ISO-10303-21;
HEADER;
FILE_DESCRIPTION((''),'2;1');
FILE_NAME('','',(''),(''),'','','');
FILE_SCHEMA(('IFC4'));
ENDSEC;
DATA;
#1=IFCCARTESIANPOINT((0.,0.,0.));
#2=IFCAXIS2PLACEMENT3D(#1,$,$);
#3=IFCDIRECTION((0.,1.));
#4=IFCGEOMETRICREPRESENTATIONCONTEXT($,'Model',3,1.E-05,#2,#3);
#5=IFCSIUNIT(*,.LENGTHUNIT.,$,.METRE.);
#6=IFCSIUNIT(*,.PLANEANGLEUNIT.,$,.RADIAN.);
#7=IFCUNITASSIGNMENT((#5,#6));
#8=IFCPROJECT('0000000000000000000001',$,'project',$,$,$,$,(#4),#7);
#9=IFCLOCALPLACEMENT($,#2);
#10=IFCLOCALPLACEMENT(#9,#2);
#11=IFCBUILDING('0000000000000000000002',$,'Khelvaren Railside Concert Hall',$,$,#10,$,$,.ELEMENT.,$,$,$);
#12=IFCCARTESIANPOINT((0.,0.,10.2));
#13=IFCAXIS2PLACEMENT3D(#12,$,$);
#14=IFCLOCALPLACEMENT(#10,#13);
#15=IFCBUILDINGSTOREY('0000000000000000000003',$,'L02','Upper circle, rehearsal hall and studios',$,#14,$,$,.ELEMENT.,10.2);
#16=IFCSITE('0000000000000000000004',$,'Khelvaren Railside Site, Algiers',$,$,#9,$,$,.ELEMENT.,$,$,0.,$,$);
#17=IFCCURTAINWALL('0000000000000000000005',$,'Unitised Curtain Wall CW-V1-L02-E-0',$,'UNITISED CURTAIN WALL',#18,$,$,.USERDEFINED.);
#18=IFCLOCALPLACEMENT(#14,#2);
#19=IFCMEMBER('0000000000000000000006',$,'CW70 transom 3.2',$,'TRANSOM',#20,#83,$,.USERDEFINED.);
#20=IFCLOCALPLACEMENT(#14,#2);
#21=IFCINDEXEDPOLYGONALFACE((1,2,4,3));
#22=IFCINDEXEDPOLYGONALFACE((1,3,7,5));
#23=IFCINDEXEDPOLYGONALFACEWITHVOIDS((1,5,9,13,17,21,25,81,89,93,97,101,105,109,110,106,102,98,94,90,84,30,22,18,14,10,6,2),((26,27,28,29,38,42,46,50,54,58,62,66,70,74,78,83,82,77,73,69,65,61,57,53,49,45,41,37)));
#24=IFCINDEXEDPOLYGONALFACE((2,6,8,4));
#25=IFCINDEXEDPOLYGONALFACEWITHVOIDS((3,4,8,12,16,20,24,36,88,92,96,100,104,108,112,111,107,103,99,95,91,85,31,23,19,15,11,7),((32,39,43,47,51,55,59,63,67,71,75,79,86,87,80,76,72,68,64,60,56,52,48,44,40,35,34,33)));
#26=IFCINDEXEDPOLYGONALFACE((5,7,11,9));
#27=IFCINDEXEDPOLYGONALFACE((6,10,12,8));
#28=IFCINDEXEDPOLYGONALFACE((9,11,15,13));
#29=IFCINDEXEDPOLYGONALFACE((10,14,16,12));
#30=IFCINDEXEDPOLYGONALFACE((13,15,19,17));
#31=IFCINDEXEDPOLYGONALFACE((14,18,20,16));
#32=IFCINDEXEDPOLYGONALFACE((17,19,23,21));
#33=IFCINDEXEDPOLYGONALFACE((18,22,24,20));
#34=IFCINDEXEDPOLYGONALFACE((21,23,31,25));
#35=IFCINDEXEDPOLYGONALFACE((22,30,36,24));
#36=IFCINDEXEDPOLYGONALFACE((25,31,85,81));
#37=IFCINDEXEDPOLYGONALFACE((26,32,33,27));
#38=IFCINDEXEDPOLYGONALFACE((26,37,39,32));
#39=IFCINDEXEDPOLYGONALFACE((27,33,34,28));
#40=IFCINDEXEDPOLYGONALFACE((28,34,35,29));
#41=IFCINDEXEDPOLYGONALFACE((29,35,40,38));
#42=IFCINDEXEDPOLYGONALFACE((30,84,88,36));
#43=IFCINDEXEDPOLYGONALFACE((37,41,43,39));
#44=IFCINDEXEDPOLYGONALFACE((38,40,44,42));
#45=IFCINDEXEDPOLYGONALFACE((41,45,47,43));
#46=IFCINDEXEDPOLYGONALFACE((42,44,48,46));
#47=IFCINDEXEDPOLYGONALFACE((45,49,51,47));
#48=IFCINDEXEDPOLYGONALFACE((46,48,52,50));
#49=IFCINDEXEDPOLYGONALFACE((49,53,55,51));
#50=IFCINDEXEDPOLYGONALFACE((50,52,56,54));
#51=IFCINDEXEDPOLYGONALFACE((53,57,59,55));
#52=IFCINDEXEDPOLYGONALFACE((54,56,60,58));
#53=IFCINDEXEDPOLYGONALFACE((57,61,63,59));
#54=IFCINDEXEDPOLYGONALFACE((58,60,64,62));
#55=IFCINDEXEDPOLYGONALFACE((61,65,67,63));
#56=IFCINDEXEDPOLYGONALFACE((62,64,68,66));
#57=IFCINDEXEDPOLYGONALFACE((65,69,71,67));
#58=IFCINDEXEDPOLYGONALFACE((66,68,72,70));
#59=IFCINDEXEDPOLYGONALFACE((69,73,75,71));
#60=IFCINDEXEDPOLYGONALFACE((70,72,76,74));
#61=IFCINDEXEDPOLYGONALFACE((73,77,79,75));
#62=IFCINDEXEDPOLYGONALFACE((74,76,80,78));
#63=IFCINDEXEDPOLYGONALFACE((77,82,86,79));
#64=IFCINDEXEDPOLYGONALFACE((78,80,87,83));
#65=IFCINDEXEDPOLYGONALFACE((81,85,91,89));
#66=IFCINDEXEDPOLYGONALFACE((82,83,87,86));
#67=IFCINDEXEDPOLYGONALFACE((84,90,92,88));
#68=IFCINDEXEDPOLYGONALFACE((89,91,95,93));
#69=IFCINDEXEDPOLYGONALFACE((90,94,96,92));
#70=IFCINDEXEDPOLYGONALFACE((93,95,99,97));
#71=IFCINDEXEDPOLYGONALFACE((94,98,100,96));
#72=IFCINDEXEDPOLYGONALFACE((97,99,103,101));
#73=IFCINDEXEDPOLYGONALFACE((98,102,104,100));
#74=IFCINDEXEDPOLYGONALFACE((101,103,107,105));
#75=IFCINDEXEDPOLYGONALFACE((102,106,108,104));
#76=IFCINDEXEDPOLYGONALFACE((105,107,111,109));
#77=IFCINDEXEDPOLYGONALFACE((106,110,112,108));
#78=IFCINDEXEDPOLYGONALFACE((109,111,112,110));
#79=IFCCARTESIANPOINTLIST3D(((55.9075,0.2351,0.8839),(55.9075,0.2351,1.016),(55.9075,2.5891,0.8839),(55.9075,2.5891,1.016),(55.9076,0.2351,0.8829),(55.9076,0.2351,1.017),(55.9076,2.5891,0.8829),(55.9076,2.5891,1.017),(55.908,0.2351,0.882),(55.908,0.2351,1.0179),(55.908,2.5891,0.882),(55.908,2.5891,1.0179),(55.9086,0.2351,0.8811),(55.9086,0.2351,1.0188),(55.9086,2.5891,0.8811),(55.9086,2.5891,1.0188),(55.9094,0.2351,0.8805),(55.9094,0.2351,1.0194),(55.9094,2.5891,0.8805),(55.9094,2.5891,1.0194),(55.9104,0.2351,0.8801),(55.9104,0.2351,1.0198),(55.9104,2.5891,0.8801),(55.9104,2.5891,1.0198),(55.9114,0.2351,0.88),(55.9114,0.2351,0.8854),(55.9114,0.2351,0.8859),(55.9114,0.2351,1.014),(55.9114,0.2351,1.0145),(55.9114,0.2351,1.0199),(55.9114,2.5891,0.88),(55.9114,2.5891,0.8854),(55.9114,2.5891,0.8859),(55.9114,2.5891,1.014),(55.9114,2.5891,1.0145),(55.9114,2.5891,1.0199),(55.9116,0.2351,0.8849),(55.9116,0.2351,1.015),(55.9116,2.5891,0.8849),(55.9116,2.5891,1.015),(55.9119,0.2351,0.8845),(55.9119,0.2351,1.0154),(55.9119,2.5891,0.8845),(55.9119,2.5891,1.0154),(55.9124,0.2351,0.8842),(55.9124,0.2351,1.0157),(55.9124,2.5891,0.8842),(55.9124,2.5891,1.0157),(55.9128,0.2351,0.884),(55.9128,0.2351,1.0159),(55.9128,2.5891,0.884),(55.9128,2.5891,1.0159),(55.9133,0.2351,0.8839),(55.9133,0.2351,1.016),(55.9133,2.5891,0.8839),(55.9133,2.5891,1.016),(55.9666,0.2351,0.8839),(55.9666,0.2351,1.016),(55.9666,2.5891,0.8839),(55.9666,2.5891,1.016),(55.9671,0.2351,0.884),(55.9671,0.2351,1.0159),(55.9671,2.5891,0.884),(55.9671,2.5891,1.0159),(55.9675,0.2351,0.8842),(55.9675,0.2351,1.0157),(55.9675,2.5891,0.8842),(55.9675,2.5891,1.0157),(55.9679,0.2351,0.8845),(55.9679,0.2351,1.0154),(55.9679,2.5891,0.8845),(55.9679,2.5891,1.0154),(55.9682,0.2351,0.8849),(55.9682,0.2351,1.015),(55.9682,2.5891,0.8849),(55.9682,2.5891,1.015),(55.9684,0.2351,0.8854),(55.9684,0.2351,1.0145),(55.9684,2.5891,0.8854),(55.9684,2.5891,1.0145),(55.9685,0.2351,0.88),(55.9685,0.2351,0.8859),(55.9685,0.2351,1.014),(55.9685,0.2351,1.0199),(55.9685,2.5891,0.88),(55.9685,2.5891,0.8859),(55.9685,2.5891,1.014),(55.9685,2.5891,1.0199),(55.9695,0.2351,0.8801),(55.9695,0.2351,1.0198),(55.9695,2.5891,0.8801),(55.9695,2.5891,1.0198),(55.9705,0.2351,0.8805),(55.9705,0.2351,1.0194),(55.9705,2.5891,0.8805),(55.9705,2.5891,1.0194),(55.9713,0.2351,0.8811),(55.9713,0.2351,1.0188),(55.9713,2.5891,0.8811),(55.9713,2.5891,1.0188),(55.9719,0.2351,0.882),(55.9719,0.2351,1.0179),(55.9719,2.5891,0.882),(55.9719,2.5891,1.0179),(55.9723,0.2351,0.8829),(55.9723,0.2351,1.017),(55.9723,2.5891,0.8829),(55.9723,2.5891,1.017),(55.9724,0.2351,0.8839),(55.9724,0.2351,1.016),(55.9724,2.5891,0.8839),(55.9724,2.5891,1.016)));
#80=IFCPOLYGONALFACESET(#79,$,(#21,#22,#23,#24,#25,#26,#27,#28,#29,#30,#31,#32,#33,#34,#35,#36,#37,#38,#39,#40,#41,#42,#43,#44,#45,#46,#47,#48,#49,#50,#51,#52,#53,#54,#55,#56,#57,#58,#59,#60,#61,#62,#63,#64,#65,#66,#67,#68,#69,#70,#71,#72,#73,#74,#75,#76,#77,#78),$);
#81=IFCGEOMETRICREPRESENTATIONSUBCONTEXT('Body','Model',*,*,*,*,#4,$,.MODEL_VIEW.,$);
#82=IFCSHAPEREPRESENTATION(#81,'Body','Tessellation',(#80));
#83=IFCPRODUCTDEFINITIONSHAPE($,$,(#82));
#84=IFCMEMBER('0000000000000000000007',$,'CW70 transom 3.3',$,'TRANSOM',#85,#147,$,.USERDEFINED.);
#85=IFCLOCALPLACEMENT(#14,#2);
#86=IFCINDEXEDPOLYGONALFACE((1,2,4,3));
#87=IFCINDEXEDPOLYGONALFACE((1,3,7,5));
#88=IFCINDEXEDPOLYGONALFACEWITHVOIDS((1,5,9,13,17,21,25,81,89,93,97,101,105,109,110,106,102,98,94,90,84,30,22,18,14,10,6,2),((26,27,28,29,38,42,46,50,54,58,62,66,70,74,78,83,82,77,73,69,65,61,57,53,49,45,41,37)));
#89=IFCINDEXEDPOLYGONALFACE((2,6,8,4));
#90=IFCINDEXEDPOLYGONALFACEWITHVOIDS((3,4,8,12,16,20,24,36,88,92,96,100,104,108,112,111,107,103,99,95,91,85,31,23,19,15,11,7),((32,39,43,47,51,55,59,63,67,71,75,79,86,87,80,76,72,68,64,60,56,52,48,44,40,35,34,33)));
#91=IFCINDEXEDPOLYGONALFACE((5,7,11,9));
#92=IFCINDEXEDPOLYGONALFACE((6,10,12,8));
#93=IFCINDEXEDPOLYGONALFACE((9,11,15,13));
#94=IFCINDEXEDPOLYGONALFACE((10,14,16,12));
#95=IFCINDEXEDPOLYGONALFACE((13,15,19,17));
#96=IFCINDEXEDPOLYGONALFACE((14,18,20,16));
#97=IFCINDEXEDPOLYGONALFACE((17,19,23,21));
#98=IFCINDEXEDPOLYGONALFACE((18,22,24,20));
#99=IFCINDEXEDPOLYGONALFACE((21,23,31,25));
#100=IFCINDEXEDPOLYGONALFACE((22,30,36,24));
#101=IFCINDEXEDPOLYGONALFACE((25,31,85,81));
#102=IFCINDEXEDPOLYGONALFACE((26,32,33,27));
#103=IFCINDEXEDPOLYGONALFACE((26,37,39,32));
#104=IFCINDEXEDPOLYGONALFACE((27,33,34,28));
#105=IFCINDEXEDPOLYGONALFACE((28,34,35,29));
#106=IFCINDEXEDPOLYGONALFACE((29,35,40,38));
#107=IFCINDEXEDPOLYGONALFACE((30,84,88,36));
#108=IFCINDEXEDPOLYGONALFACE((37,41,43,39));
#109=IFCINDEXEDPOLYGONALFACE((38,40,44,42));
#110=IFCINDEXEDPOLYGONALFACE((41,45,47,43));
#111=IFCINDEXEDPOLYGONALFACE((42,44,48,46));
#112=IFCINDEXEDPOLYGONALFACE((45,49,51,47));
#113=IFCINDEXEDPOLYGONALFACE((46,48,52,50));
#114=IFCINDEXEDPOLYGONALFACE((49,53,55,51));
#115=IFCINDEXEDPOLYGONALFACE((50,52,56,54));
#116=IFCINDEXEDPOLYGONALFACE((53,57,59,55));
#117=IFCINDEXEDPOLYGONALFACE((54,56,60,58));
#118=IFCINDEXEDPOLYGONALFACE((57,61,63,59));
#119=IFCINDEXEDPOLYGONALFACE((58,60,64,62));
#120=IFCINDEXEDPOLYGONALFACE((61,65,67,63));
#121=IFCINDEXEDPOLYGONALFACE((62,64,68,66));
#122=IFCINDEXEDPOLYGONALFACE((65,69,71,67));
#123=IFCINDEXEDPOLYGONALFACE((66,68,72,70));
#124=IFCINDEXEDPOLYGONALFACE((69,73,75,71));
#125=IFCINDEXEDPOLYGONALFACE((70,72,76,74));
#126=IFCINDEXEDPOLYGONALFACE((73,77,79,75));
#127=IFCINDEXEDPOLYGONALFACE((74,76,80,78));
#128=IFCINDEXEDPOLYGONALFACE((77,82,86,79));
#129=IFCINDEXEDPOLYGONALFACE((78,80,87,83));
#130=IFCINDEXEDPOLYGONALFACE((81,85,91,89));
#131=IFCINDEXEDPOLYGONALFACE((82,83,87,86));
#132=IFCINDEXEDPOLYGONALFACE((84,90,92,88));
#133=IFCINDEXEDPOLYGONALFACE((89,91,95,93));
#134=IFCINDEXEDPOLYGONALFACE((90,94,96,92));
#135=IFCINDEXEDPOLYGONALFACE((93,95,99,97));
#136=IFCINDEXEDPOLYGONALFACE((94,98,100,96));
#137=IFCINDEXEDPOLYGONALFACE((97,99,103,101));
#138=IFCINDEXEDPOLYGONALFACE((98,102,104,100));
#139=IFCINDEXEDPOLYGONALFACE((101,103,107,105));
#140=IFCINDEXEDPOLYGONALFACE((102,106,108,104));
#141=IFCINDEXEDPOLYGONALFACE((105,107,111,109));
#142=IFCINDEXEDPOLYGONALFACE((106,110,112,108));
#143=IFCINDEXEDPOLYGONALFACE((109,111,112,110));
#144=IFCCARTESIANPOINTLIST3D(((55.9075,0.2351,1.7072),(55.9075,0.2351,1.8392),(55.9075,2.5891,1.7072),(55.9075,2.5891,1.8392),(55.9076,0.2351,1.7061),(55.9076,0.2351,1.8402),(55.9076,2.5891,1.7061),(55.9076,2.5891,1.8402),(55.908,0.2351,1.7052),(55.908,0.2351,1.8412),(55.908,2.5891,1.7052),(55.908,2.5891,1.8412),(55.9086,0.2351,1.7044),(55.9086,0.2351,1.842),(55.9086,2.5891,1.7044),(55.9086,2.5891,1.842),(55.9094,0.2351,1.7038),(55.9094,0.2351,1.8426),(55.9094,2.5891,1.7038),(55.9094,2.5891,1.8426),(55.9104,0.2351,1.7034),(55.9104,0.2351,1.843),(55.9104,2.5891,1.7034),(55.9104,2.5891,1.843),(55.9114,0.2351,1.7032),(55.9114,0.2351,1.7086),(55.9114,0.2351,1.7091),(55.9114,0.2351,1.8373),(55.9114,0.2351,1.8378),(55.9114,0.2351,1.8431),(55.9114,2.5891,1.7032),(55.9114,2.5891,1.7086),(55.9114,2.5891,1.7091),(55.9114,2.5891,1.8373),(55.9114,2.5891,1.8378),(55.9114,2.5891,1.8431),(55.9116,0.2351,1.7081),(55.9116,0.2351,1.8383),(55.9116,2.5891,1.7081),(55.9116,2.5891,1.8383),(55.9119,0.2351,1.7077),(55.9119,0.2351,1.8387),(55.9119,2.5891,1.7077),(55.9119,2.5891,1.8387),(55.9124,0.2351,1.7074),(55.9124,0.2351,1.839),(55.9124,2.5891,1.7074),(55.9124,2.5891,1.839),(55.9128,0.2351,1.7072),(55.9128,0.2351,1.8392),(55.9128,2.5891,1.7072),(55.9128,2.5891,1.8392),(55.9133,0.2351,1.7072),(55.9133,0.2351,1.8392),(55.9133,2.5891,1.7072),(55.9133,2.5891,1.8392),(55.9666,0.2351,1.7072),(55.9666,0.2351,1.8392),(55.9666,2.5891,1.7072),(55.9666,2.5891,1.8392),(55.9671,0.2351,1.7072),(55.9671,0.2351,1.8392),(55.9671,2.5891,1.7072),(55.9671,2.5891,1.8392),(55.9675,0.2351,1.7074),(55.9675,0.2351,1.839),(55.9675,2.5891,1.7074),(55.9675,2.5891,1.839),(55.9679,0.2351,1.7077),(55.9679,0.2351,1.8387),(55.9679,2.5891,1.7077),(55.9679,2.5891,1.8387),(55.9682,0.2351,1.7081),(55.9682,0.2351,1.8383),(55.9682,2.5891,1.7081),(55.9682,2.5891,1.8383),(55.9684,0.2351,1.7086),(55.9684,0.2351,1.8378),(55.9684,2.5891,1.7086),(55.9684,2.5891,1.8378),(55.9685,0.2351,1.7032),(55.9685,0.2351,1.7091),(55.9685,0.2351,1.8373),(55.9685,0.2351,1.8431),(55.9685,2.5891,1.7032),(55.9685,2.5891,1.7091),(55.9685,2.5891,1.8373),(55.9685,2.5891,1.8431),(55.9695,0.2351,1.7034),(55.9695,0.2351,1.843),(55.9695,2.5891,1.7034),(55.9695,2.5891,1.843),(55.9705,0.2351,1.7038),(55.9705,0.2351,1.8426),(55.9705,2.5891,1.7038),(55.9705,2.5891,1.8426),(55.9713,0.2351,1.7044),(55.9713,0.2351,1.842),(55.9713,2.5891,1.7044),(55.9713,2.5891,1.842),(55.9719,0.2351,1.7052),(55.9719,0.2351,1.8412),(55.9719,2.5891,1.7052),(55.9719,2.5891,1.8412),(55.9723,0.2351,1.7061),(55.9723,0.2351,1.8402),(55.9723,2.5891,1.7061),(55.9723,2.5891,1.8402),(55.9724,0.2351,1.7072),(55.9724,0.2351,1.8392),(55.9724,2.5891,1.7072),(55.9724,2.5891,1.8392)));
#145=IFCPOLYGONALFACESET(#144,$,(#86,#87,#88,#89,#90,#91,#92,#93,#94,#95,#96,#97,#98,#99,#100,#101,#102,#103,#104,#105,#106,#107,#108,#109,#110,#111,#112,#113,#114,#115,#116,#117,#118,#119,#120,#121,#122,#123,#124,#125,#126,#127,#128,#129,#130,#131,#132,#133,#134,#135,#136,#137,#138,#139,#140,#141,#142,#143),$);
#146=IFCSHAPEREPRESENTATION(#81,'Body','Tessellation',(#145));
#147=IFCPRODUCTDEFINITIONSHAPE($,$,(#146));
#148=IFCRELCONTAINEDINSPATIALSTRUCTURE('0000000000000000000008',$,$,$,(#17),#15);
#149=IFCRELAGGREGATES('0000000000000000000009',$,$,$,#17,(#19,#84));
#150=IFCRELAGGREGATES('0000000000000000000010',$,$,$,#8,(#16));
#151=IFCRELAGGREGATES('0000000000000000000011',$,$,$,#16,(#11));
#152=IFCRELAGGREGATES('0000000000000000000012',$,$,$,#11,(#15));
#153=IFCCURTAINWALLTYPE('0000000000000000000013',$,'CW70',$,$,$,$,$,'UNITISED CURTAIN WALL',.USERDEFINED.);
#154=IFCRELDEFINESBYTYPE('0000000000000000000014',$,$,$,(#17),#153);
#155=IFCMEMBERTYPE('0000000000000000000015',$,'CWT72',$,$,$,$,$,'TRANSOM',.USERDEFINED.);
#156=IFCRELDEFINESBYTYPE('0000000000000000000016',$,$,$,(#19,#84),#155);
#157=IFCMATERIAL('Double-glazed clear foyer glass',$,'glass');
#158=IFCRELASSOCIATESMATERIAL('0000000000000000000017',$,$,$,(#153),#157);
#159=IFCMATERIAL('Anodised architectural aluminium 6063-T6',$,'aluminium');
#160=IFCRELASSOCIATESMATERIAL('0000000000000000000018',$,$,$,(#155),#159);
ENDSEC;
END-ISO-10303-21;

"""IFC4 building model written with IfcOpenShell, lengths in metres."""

from ifc_helpers import new_model, si_unit, direction, frame, origin, origin_2d, place, context, subcontext, project, spatial, hollow_rectangle, extrude, material, material_profile, profile_set, type_object, element, aggregate, save


model = new_model("IFC4")

# Units and contexts
model_context = context("Model", 3, precision=1e-05, world=origin(), true_north=direction((0.0, 1.0)))
body_context = subcontext(model_context, "Body", "Model", "MODEL_VIEW")
ifc_project = project(units=[si_unit("LENGTHUNIT", "METRE"), si_unit("PLANEANGLEUNIT", "RADIAN")], contexts=[model_context])

# Site, building, storey
site_placement = place(None, origin())
site = spatial("IfcSite", under=ifc_project, at=site_placement, Name="Khelvaren Railside Site, Algiers", CompositionType="ELEMENT", RefElevation=0.0)
building_placement = place(site_placement, origin())
building = spatial("IfcBuilding", under=site, at=building_placement, Name="Khelvaren Railside Concert Hall", CompositionType="ELEMENT")
storey_placement = place(building_placement, frame((0.0, 0.0, 10.2)))
storey = spatial("IfcBuildingStorey", under=building, at=storey_placement, Name="L02", Description="Upper circle, rehearsal hall and studios", CompositionType="ELEMENT", Elevation=10.2)

# Curtain wall, members
ifc_material_1 = material(Name="Double-glazed clear foyer glass", Category="glass")
curtain_wall_type = type_object("IfcCurtainWallType", Name="CW70", ElementType="UNITISED CURTAIN WALL", PredefinedType="USERDEFINED", material=ifc_material_1)
curtain_wall_placement = place(storey_placement, origin())
curtain_wall = element("IfcCurtainWall", 1, at=curtain_wall_placement, inside=storey, type_object=curtain_wall_type, Name="Unitised Curtain Wall CW-V1-L02-E-0", ObjectType="UNITISED CURTAIN WALL", PredefinedType="USERDEFINED")
ifc_material_2 = material(Name="Anodised architectural aluminium 6063-T6", Category="aluminium")
ifc_material_profile_1 = material_profile(ifc_material_2, hollow_rectangle(XDim=0.0649, YDim=0.1399, WallThickness=0.0039, InnerFilletRadius=0.002, OuterFilletRadius=0.0039, at=origin_2d()), Name="CWT 65x140x4")
ifc_profile_set_1 = profile_set([ifc_material_profile_1], Name="Anodised architectural aluminium 6063-T6")
member_type_1 = type_object("IfcMemberType", Name="CWT72", ElementType="TRANSOM", PredefinedType="USERDEFINED", material=ifc_profile_set_1)
member_1_placement = place(storey_placement, frame((55.9399, 2.5891, 0.95), z_axis=(0.0, -1.0, 0.0), x_axis=(1.0, 0.0, 0.0)))
member_1 = element("IfcMember", 2, at=member_1_placement, type_object=member_type_1, Name="CW70 transom 3.2", ObjectType="TRANSOM", PredefinedType="USERDEFINED", context=body_context, shape_type="SweptSolid", body=[
    extrude(hollow_rectangle(XDim=0.0649, YDim=0.1399, WallThickness=0.0039, InnerFilletRadius=0.002, OuterFilletRadius=0.0039, at=origin_2d()), origin(), (0.0, 0.0, 1.0), 2.354),
])
member_2_placement = place(storey_placement, frame((55.9399, 2.5891, 1.7732), z_axis=(0.0, -1.0, 0.0), x_axis=(1.0, 0.0, 0.0)))
member_2 = element("IfcMember", 3, at=member_2_placement, type_object=member_type_1, Name="CW70 transom 3.3", ObjectType="TRANSOM", PredefinedType="USERDEFINED", context=body_context, shape_type="SweptSolid", body=[
    extrude(hollow_rectangle(XDim=0.0649, YDim=0.1399, WallThickness=0.0039, InnerFilletRadius=0.002, OuterFilletRadius=0.0039, at=origin_2d()), origin(), (0.0, 0.0, 1.0), 2.354),
])
aggregate(curtain_wall, [member_1, member_2])

save(model, "model.ifc")
